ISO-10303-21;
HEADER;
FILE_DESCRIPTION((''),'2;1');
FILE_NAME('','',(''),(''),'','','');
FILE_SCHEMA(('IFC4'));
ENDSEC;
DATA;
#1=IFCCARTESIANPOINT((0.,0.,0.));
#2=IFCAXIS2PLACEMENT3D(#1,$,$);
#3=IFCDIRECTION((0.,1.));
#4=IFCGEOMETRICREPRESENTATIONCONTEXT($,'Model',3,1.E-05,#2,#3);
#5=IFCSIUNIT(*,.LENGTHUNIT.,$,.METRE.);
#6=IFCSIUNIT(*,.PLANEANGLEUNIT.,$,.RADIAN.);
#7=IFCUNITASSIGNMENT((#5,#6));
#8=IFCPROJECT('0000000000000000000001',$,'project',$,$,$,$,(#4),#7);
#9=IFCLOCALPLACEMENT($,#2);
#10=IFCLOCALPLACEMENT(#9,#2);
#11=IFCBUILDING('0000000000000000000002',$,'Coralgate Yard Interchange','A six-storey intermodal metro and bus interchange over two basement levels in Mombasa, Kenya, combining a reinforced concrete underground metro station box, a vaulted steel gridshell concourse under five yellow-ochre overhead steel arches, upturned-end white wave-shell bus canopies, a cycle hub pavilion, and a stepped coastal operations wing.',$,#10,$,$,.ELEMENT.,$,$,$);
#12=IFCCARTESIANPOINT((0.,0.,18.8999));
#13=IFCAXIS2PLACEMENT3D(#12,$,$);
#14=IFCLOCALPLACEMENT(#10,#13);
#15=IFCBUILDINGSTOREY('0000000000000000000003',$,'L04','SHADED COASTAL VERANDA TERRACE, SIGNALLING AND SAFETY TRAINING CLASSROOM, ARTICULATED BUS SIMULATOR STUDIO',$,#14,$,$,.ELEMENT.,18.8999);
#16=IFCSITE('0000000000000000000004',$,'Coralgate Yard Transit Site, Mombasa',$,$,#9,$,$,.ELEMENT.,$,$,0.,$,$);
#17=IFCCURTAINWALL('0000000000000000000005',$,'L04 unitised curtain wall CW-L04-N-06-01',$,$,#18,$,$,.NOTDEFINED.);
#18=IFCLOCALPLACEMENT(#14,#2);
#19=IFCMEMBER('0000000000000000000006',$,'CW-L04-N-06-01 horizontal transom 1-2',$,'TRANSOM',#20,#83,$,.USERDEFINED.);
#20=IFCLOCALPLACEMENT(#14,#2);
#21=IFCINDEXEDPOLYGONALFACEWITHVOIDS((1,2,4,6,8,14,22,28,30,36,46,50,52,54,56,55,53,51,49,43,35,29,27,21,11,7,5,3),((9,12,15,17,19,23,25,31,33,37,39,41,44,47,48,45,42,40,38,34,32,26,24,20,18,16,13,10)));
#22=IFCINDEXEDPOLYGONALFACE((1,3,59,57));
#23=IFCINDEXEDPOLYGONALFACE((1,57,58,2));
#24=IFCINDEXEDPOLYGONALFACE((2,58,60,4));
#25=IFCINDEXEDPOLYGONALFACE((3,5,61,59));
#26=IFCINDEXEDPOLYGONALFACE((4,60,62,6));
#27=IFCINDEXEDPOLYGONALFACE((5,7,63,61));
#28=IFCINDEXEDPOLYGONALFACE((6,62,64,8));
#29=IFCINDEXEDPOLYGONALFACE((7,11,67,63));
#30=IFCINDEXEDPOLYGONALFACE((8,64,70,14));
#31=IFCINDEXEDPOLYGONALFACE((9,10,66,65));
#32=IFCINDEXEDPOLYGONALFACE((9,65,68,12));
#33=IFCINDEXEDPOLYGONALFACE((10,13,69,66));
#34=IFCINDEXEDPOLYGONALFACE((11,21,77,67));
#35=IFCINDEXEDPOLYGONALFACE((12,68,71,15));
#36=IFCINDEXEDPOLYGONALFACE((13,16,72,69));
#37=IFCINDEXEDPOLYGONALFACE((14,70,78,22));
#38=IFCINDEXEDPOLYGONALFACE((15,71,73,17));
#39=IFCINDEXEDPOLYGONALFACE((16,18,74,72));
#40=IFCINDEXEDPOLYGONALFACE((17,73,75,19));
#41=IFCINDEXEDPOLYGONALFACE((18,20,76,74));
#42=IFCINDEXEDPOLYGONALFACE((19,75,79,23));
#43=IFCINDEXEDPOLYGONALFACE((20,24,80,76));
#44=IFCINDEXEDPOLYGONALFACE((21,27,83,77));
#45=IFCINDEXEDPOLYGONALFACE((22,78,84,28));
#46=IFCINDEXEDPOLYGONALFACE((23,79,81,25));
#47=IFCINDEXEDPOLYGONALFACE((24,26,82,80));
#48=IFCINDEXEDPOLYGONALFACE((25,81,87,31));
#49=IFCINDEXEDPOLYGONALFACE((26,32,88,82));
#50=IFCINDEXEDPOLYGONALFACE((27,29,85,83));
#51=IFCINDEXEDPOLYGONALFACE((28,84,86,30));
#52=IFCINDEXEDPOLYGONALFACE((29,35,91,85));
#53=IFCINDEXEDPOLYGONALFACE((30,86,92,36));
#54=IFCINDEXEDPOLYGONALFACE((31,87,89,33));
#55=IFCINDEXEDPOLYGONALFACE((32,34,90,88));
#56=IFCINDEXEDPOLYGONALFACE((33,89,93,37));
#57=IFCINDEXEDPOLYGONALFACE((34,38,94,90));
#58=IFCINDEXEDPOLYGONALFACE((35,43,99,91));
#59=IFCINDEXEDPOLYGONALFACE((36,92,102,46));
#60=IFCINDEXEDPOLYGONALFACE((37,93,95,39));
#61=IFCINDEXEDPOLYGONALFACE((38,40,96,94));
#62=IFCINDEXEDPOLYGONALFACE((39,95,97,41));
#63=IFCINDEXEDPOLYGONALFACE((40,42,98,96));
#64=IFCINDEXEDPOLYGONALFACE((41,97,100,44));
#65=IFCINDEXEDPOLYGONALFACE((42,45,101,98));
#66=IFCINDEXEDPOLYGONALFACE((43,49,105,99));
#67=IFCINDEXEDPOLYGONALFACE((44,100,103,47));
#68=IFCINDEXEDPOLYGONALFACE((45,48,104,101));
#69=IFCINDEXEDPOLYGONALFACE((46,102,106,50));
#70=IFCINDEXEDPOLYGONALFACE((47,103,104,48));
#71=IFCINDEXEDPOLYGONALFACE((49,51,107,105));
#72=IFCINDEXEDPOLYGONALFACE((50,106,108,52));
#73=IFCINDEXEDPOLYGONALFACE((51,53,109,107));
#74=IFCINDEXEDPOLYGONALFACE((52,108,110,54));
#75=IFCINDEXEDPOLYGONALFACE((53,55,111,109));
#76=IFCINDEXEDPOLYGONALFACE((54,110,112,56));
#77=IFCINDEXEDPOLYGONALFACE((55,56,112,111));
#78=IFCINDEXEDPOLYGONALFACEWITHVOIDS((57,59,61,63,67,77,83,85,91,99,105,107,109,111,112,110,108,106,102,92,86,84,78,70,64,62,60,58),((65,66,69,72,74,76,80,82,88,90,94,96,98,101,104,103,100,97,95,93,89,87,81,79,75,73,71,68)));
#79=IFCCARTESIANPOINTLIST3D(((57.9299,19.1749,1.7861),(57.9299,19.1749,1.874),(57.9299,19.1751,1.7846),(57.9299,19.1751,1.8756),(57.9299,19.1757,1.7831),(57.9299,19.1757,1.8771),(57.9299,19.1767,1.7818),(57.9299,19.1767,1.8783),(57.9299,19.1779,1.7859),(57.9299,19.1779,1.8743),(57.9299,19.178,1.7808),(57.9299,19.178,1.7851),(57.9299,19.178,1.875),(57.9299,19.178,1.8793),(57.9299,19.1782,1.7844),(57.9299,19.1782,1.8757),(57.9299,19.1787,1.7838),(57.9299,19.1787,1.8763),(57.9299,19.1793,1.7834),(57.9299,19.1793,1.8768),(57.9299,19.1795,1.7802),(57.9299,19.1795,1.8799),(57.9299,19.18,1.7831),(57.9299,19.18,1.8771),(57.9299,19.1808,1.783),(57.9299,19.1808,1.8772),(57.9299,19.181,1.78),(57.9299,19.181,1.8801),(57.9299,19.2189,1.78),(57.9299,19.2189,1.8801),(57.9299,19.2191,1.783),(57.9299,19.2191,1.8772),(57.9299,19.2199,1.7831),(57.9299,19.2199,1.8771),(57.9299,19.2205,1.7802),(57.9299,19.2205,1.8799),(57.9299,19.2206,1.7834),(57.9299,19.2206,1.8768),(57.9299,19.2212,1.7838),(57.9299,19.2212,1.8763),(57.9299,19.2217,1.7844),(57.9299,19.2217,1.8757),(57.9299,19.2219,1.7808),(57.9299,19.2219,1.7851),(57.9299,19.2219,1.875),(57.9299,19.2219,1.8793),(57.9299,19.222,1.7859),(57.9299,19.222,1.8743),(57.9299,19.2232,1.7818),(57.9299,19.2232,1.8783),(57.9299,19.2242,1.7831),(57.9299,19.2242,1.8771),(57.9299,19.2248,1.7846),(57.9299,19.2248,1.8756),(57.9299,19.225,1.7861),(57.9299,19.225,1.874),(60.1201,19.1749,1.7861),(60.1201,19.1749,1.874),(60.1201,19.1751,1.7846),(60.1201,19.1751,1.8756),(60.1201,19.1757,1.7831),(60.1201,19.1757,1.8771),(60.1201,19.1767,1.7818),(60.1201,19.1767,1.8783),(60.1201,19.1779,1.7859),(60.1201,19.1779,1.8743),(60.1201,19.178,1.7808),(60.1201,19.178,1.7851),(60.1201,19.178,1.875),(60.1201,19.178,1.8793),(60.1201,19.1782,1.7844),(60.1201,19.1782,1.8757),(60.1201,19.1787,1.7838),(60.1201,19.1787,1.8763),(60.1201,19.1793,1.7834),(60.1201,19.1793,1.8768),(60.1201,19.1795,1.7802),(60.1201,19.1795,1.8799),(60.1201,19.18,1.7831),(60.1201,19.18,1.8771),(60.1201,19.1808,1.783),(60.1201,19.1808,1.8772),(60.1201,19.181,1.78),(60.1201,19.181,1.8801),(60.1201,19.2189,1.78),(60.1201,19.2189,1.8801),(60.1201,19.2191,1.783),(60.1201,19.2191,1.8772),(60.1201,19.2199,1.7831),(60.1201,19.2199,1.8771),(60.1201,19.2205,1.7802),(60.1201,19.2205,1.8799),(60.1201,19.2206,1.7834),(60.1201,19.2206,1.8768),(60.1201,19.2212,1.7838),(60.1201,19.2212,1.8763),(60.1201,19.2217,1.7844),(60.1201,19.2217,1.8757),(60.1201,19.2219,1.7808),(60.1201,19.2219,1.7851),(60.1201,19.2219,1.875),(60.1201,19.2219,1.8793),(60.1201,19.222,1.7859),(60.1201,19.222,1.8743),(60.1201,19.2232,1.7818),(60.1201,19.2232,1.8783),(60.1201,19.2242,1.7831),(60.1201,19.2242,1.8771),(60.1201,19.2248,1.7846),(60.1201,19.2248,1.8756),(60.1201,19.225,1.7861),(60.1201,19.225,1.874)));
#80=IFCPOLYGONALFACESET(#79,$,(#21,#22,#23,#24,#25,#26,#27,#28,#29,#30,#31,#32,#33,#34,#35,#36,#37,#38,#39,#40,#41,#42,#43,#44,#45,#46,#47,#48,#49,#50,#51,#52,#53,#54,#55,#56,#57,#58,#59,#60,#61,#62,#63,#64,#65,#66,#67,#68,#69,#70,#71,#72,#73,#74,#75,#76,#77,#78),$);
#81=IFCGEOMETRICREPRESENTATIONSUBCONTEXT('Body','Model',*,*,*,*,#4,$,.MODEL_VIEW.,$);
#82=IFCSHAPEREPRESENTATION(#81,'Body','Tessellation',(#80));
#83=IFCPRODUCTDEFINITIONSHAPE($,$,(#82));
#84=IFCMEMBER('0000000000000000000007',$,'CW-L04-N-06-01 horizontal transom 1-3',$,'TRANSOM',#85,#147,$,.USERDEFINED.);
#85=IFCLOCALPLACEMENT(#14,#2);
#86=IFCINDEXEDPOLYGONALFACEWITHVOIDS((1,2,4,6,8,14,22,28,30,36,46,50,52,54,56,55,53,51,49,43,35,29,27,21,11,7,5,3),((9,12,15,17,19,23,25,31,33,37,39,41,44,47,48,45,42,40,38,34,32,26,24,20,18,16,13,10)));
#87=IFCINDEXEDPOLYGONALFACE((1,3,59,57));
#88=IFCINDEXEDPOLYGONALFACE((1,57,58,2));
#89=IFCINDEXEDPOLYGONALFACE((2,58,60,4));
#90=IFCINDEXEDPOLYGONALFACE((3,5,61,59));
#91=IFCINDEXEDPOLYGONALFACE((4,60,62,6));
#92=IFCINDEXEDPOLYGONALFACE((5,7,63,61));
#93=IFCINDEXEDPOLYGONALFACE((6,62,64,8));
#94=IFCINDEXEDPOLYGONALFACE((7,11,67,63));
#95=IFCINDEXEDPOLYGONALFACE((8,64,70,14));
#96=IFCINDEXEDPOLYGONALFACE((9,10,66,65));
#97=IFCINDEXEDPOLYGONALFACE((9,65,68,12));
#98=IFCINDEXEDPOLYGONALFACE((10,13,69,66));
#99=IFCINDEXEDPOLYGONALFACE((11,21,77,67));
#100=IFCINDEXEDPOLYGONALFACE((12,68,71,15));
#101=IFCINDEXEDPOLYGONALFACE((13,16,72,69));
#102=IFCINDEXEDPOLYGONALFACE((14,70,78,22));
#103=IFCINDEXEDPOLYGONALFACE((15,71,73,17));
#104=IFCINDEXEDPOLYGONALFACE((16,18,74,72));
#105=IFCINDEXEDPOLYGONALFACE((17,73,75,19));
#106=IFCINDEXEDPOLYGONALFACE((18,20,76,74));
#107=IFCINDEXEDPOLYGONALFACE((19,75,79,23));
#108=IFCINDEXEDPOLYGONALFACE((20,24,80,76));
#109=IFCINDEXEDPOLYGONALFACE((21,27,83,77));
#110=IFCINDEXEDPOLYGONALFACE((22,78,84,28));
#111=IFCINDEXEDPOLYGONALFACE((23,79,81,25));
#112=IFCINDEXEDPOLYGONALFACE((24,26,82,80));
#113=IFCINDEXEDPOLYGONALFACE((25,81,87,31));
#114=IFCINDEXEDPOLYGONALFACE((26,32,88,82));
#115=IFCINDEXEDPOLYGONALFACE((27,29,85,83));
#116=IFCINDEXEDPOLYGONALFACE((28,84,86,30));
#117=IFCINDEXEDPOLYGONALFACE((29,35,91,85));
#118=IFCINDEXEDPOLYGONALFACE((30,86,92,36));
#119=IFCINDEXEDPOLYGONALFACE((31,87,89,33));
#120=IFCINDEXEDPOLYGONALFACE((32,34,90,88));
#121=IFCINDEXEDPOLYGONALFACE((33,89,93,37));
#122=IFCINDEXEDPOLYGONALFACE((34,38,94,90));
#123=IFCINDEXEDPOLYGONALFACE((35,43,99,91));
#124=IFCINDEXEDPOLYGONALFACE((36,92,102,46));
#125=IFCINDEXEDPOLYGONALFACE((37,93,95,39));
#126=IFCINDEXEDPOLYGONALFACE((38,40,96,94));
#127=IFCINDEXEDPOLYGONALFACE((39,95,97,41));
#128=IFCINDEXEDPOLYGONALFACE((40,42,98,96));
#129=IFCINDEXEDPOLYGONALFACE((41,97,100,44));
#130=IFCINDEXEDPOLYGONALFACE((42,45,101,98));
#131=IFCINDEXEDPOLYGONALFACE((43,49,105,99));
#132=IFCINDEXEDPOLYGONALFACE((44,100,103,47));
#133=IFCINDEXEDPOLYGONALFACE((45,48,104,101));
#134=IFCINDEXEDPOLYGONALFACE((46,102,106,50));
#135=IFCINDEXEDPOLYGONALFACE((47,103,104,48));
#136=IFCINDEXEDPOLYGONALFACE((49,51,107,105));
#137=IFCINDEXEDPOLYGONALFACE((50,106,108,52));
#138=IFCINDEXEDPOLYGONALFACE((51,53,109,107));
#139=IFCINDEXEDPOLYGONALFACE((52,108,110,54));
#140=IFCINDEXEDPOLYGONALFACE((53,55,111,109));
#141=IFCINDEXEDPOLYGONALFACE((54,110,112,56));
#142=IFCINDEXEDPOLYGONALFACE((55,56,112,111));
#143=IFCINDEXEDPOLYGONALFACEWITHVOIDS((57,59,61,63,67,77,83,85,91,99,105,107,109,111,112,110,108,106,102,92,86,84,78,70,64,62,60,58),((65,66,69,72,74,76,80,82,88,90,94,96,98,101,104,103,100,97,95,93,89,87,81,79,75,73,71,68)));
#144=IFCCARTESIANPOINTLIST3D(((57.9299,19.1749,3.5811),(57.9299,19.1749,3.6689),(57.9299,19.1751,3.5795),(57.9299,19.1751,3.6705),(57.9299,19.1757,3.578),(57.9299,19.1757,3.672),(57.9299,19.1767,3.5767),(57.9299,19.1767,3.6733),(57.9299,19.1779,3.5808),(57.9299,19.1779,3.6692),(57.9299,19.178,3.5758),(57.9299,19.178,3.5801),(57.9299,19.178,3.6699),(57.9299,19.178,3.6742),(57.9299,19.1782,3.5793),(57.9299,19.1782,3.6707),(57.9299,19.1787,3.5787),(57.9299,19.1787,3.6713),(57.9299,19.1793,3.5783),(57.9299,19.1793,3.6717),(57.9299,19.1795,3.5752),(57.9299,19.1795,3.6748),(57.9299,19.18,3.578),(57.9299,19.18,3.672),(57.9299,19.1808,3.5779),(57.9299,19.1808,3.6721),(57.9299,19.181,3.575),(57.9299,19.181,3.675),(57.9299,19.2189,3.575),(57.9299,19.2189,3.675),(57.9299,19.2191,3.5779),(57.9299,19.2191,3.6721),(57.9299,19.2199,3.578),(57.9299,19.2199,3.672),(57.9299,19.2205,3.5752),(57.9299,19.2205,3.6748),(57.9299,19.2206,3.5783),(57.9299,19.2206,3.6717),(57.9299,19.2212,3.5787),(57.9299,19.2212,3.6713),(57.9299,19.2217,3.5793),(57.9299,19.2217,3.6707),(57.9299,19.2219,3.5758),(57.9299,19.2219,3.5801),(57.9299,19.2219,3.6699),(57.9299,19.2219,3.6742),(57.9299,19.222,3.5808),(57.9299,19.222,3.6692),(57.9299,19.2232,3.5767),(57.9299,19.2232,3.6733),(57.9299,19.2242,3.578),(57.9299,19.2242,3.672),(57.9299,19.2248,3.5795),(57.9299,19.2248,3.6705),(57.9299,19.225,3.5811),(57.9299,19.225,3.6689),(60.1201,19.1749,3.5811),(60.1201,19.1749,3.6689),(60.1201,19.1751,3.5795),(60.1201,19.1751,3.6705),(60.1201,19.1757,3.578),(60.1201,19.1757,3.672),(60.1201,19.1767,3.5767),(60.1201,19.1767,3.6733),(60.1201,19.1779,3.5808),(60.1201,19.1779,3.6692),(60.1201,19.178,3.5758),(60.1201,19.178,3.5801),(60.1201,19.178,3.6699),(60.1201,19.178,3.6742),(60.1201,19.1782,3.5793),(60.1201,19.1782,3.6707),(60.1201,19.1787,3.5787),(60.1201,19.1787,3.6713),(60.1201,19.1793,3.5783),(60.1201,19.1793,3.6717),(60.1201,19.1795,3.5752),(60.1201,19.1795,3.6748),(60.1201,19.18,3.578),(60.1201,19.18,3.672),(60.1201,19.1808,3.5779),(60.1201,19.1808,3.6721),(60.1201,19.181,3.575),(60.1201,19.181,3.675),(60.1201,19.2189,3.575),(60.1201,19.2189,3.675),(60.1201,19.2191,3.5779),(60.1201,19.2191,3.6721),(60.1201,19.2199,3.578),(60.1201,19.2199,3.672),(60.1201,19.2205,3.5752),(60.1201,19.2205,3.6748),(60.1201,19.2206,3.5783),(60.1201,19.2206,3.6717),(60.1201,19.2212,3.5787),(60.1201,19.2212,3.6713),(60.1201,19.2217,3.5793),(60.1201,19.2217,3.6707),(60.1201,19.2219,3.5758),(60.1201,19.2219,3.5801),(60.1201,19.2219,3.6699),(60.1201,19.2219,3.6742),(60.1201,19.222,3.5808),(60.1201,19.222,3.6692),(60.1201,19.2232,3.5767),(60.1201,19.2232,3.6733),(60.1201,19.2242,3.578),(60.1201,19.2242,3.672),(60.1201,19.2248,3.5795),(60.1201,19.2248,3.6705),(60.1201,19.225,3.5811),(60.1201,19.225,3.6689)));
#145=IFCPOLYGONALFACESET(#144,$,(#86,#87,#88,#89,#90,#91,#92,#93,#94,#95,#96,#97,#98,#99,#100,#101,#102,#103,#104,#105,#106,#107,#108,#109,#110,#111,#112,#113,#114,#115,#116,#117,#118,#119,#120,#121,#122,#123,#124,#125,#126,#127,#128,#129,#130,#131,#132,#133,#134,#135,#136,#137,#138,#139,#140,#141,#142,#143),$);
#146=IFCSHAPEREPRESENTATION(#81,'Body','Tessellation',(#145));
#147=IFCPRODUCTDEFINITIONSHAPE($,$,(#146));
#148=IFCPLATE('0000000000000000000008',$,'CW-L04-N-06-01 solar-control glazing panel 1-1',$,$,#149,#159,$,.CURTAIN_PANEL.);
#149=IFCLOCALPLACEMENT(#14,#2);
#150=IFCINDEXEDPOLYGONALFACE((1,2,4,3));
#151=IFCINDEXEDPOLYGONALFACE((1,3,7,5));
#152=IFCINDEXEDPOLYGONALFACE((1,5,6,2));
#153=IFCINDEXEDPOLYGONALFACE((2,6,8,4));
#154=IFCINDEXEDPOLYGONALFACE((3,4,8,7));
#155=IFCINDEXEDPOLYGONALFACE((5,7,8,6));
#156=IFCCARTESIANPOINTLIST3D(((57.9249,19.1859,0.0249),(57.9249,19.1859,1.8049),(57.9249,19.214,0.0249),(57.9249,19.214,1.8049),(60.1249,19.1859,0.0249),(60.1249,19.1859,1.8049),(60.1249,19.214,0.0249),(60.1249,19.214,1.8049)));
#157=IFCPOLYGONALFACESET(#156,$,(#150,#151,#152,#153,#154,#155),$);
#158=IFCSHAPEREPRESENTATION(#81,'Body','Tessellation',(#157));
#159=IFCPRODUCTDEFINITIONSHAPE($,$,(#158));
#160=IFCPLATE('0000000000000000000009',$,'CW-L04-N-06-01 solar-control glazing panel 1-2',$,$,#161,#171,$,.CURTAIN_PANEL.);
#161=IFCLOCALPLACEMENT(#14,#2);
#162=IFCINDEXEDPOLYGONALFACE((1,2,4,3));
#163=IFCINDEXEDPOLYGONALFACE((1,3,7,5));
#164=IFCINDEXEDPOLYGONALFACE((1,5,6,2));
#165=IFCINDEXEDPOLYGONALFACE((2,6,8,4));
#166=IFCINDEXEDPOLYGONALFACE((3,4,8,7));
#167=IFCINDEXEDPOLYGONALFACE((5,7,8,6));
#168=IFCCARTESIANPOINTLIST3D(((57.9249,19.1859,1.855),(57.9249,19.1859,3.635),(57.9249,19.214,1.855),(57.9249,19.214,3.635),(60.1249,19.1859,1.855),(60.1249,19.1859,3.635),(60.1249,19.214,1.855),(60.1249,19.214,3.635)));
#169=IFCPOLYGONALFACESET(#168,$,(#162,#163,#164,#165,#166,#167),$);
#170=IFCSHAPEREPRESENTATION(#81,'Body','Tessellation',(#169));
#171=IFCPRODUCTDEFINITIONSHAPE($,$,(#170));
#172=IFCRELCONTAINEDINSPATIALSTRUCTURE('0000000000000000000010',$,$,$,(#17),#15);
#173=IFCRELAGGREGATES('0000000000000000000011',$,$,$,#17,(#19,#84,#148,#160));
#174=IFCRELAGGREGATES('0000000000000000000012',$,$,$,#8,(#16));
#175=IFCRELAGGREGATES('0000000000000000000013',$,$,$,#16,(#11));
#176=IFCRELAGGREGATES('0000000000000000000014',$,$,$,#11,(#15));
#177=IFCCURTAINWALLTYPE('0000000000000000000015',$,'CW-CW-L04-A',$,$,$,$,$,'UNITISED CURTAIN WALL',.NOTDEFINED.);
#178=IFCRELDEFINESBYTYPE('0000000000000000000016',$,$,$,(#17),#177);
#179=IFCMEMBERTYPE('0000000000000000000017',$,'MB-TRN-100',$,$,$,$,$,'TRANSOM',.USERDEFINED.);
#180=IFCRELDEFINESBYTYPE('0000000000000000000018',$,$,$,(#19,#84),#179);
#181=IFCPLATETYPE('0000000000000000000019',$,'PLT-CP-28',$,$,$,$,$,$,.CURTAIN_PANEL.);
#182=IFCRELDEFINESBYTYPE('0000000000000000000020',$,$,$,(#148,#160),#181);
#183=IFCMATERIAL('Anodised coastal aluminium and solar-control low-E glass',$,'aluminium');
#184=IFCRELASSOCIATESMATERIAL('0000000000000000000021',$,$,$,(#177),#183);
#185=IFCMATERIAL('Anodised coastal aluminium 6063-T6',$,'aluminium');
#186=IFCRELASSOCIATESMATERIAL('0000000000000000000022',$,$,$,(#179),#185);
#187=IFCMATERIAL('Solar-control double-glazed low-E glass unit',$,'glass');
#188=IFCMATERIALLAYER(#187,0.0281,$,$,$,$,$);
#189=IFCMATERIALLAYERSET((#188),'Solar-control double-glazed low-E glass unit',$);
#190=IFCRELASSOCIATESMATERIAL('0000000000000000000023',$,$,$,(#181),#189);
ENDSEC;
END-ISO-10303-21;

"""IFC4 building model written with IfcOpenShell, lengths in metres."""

from ifc_helpers import new_model, si_unit, direction, frame, origin, origin_2d, place, context, subcontext, project, spatial, rectangle, hollow_rectangle, extrude, material, layer, layer_set, material_profile, profile_set, type_object, element, aggregate, save


model = new_model("IFC4")

# Units and contexts
model_context = context("Model", 3, precision=1e-05, world=origin(), true_north=direction((0.0, 1.0)))
body_context = subcontext(model_context, "Body", "Model", "MODEL_VIEW")
ifc_project = project(units=[si_unit("LENGTHUNIT", "METRE"), si_unit("PLANEANGLEUNIT", "RADIAN")], contexts=[model_context])

# Site, building, storey
site_placement = place(None, origin())
site = spatial("IfcSite", under=ifc_project, at=site_placement, Name="Coralgate Yard Transit Site, Mombasa", CompositionType="ELEMENT", RefElevation=0.0)
building_placement = place(site_placement, origin())
building = spatial("IfcBuilding", under=site, at=building_placement, Name="Coralgate Yard Interchange", Description="A six-storey intermodal metro and bus interchange over two basement levels in Mombasa, Kenya, combining a reinforced concrete underground metro station box, a vaulted steel gridshell concourse under five yellow-ochre overhead steel arches, upturned-end white wave-shell bus canopies, a cycle hub pavilion, and a stepped coastal operations wing.", CompositionType="ELEMENT")
storey_placement = place(building_placement, frame((0.0, 0.0, 18.8999)))
storey = spatial("IfcBuildingStorey", under=building, at=storey_placement, Name="L04", Description="SHADED COASTAL VERANDA TERRACE, SIGNALLING AND SAFETY TRAINING CLASSROOM, ARTICULATED BUS SIMULATOR STUDIO", CompositionType="ELEMENT", Elevation=18.8999)

# Curtain wall, members, plates
ifc_material_1 = material(Name="Anodised coastal aluminium and solar-control low-E glass", Category="aluminium")
curtain_wall_type = type_object("IfcCurtainWallType", Name="CW-CW-L04-A", ElementType="UNITISED CURTAIN WALL", PredefinedType="NOTDEFINED", material=ifc_material_1)
curtain_wall_placement = place(storey_placement, origin())
curtain_wall = element("IfcCurtainWall", 1, at=curtain_wall_placement, inside=storey, type_object=curtain_wall_type, Name="L04 unitised curtain wall CW-L04-N-06-01", PredefinedType="NOTDEFINED")
ifc_material_2 = material(Name="Anodised coastal aluminium 6063-T6", Category="aluminium")
ifc_material_profile_1 = material_profile(ifc_material_2, hollow_rectangle(XDim=0.05, YDim=0.1001, WallThickness=0.0029, InnerFilletRadius=0.0029, OuterFilletRadius=0.0061, at=origin_2d()), Name="ALU 50x100x3")
ifc_profile_set_1 = profile_set([ifc_material_profile_1], Name="Anodised coastal aluminium 6063-T6")
member_type_1 = type_object("IfcMemberType", Name="MB-TRN-100", ElementType="TRANSOM", PredefinedType="USERDEFINED", material=ifc_profile_set_1)
member_1_placement = place(storey_placement, frame((57.9299, 19.2, 1.8301), z_axis=(1.0, 0.0, 0.0), x_axis=(0.0, 1.0, 0.0)))
member_1 = element("IfcMember", 2, at=member_1_placement, type_object=member_type_1, Name="CW-L04-N-06-01 horizontal transom 1-2", ObjectType="TRANSOM", PredefinedType="USERDEFINED", context=body_context, shape_type="SweptSolid", body=[
    extrude(hollow_rectangle(XDim=0.05, YDim=0.1001, WallThickness=0.0029, InnerFilletRadius=0.0029, OuterFilletRadius=0.0061, at=origin_2d()), origin(), (0.0, 0.0, 1.0), 2.1902),
])
member_2_placement = place(storey_placement, frame((57.9299, 19.2, 3.625), z_axis=(1.0, 0.0, 0.0), x_axis=(0.0, 1.0, 0.0)))
member_2 = element("IfcMember", 3, at=member_2_placement, type_object=member_type_1, Name="CW-L04-N-06-01 horizontal transom 1-3", ObjectType="TRANSOM", PredefinedType="USERDEFINED", context=body_context, shape_type="SweptSolid", body=[
    extrude(hollow_rectangle(XDim=0.05, YDim=0.1001, WallThickness=0.0029, InnerFilletRadius=0.0029, OuterFilletRadius=0.0061, at=origin_2d()), origin(), (0.0, 0.0, 1.0), 2.1902),
])
ifc_material_3 = material(Name="Solar-control double-glazed low-E glass unit", Category="glass")
ifc_layer_1 = layer(ifc_material_3, 0.0281)
ifc_layer_set_1 = layer_set([ifc_layer_1], Name="Solar-control double-glazed low-E glass unit")
plate_type = type_object("IfcPlateType", Name="PLT-CP-28", PredefinedType="CURTAIN_PANEL", material=ifc_layer_set_1)
plate_1_placement = place(storey_placement, frame((59.0249, 19.2, 0.0249), z_axis=(0.0, 0.0, 1.0), x_axis=(1.0, 0.0, 0.0)))
plate_1 = element("IfcPlate", 4, at=plate_1_placement, type_object=plate_type, Name="CW-L04-N-06-01 solar-control glazing panel 1-1", PredefinedType="CURTAIN_PANEL", context=body_context, shape_type="SweptSolid", body=[
    extrude(rectangle(XDim=2.2, YDim=0.0281, at=origin_2d()), origin(), (0.0, 0.0, 1.0), 1.78),
])
plate_2_placement = place(storey_placement, frame((59.0249, 19.2, 1.855), z_axis=(0.0, 0.0, 1.0), x_axis=(1.0, 0.0, 0.0)))
plate_2 = element("IfcPlate", 5, at=plate_2_placement, type_object=plate_type, Name="CW-L04-N-06-01 solar-control glazing panel 1-2", PredefinedType="CURTAIN_PANEL", context=body_context, shape_type="SweptSolid", body=[
    extrude(rectangle(XDim=2.2, YDim=0.0281, at=origin_2d()), origin(), (0.0, 0.0, 1.0), 1.78),
])
aggregate(curtain_wall, [member_1, member_2, plate_1, plate_2])

save(model, "model.ifc")
